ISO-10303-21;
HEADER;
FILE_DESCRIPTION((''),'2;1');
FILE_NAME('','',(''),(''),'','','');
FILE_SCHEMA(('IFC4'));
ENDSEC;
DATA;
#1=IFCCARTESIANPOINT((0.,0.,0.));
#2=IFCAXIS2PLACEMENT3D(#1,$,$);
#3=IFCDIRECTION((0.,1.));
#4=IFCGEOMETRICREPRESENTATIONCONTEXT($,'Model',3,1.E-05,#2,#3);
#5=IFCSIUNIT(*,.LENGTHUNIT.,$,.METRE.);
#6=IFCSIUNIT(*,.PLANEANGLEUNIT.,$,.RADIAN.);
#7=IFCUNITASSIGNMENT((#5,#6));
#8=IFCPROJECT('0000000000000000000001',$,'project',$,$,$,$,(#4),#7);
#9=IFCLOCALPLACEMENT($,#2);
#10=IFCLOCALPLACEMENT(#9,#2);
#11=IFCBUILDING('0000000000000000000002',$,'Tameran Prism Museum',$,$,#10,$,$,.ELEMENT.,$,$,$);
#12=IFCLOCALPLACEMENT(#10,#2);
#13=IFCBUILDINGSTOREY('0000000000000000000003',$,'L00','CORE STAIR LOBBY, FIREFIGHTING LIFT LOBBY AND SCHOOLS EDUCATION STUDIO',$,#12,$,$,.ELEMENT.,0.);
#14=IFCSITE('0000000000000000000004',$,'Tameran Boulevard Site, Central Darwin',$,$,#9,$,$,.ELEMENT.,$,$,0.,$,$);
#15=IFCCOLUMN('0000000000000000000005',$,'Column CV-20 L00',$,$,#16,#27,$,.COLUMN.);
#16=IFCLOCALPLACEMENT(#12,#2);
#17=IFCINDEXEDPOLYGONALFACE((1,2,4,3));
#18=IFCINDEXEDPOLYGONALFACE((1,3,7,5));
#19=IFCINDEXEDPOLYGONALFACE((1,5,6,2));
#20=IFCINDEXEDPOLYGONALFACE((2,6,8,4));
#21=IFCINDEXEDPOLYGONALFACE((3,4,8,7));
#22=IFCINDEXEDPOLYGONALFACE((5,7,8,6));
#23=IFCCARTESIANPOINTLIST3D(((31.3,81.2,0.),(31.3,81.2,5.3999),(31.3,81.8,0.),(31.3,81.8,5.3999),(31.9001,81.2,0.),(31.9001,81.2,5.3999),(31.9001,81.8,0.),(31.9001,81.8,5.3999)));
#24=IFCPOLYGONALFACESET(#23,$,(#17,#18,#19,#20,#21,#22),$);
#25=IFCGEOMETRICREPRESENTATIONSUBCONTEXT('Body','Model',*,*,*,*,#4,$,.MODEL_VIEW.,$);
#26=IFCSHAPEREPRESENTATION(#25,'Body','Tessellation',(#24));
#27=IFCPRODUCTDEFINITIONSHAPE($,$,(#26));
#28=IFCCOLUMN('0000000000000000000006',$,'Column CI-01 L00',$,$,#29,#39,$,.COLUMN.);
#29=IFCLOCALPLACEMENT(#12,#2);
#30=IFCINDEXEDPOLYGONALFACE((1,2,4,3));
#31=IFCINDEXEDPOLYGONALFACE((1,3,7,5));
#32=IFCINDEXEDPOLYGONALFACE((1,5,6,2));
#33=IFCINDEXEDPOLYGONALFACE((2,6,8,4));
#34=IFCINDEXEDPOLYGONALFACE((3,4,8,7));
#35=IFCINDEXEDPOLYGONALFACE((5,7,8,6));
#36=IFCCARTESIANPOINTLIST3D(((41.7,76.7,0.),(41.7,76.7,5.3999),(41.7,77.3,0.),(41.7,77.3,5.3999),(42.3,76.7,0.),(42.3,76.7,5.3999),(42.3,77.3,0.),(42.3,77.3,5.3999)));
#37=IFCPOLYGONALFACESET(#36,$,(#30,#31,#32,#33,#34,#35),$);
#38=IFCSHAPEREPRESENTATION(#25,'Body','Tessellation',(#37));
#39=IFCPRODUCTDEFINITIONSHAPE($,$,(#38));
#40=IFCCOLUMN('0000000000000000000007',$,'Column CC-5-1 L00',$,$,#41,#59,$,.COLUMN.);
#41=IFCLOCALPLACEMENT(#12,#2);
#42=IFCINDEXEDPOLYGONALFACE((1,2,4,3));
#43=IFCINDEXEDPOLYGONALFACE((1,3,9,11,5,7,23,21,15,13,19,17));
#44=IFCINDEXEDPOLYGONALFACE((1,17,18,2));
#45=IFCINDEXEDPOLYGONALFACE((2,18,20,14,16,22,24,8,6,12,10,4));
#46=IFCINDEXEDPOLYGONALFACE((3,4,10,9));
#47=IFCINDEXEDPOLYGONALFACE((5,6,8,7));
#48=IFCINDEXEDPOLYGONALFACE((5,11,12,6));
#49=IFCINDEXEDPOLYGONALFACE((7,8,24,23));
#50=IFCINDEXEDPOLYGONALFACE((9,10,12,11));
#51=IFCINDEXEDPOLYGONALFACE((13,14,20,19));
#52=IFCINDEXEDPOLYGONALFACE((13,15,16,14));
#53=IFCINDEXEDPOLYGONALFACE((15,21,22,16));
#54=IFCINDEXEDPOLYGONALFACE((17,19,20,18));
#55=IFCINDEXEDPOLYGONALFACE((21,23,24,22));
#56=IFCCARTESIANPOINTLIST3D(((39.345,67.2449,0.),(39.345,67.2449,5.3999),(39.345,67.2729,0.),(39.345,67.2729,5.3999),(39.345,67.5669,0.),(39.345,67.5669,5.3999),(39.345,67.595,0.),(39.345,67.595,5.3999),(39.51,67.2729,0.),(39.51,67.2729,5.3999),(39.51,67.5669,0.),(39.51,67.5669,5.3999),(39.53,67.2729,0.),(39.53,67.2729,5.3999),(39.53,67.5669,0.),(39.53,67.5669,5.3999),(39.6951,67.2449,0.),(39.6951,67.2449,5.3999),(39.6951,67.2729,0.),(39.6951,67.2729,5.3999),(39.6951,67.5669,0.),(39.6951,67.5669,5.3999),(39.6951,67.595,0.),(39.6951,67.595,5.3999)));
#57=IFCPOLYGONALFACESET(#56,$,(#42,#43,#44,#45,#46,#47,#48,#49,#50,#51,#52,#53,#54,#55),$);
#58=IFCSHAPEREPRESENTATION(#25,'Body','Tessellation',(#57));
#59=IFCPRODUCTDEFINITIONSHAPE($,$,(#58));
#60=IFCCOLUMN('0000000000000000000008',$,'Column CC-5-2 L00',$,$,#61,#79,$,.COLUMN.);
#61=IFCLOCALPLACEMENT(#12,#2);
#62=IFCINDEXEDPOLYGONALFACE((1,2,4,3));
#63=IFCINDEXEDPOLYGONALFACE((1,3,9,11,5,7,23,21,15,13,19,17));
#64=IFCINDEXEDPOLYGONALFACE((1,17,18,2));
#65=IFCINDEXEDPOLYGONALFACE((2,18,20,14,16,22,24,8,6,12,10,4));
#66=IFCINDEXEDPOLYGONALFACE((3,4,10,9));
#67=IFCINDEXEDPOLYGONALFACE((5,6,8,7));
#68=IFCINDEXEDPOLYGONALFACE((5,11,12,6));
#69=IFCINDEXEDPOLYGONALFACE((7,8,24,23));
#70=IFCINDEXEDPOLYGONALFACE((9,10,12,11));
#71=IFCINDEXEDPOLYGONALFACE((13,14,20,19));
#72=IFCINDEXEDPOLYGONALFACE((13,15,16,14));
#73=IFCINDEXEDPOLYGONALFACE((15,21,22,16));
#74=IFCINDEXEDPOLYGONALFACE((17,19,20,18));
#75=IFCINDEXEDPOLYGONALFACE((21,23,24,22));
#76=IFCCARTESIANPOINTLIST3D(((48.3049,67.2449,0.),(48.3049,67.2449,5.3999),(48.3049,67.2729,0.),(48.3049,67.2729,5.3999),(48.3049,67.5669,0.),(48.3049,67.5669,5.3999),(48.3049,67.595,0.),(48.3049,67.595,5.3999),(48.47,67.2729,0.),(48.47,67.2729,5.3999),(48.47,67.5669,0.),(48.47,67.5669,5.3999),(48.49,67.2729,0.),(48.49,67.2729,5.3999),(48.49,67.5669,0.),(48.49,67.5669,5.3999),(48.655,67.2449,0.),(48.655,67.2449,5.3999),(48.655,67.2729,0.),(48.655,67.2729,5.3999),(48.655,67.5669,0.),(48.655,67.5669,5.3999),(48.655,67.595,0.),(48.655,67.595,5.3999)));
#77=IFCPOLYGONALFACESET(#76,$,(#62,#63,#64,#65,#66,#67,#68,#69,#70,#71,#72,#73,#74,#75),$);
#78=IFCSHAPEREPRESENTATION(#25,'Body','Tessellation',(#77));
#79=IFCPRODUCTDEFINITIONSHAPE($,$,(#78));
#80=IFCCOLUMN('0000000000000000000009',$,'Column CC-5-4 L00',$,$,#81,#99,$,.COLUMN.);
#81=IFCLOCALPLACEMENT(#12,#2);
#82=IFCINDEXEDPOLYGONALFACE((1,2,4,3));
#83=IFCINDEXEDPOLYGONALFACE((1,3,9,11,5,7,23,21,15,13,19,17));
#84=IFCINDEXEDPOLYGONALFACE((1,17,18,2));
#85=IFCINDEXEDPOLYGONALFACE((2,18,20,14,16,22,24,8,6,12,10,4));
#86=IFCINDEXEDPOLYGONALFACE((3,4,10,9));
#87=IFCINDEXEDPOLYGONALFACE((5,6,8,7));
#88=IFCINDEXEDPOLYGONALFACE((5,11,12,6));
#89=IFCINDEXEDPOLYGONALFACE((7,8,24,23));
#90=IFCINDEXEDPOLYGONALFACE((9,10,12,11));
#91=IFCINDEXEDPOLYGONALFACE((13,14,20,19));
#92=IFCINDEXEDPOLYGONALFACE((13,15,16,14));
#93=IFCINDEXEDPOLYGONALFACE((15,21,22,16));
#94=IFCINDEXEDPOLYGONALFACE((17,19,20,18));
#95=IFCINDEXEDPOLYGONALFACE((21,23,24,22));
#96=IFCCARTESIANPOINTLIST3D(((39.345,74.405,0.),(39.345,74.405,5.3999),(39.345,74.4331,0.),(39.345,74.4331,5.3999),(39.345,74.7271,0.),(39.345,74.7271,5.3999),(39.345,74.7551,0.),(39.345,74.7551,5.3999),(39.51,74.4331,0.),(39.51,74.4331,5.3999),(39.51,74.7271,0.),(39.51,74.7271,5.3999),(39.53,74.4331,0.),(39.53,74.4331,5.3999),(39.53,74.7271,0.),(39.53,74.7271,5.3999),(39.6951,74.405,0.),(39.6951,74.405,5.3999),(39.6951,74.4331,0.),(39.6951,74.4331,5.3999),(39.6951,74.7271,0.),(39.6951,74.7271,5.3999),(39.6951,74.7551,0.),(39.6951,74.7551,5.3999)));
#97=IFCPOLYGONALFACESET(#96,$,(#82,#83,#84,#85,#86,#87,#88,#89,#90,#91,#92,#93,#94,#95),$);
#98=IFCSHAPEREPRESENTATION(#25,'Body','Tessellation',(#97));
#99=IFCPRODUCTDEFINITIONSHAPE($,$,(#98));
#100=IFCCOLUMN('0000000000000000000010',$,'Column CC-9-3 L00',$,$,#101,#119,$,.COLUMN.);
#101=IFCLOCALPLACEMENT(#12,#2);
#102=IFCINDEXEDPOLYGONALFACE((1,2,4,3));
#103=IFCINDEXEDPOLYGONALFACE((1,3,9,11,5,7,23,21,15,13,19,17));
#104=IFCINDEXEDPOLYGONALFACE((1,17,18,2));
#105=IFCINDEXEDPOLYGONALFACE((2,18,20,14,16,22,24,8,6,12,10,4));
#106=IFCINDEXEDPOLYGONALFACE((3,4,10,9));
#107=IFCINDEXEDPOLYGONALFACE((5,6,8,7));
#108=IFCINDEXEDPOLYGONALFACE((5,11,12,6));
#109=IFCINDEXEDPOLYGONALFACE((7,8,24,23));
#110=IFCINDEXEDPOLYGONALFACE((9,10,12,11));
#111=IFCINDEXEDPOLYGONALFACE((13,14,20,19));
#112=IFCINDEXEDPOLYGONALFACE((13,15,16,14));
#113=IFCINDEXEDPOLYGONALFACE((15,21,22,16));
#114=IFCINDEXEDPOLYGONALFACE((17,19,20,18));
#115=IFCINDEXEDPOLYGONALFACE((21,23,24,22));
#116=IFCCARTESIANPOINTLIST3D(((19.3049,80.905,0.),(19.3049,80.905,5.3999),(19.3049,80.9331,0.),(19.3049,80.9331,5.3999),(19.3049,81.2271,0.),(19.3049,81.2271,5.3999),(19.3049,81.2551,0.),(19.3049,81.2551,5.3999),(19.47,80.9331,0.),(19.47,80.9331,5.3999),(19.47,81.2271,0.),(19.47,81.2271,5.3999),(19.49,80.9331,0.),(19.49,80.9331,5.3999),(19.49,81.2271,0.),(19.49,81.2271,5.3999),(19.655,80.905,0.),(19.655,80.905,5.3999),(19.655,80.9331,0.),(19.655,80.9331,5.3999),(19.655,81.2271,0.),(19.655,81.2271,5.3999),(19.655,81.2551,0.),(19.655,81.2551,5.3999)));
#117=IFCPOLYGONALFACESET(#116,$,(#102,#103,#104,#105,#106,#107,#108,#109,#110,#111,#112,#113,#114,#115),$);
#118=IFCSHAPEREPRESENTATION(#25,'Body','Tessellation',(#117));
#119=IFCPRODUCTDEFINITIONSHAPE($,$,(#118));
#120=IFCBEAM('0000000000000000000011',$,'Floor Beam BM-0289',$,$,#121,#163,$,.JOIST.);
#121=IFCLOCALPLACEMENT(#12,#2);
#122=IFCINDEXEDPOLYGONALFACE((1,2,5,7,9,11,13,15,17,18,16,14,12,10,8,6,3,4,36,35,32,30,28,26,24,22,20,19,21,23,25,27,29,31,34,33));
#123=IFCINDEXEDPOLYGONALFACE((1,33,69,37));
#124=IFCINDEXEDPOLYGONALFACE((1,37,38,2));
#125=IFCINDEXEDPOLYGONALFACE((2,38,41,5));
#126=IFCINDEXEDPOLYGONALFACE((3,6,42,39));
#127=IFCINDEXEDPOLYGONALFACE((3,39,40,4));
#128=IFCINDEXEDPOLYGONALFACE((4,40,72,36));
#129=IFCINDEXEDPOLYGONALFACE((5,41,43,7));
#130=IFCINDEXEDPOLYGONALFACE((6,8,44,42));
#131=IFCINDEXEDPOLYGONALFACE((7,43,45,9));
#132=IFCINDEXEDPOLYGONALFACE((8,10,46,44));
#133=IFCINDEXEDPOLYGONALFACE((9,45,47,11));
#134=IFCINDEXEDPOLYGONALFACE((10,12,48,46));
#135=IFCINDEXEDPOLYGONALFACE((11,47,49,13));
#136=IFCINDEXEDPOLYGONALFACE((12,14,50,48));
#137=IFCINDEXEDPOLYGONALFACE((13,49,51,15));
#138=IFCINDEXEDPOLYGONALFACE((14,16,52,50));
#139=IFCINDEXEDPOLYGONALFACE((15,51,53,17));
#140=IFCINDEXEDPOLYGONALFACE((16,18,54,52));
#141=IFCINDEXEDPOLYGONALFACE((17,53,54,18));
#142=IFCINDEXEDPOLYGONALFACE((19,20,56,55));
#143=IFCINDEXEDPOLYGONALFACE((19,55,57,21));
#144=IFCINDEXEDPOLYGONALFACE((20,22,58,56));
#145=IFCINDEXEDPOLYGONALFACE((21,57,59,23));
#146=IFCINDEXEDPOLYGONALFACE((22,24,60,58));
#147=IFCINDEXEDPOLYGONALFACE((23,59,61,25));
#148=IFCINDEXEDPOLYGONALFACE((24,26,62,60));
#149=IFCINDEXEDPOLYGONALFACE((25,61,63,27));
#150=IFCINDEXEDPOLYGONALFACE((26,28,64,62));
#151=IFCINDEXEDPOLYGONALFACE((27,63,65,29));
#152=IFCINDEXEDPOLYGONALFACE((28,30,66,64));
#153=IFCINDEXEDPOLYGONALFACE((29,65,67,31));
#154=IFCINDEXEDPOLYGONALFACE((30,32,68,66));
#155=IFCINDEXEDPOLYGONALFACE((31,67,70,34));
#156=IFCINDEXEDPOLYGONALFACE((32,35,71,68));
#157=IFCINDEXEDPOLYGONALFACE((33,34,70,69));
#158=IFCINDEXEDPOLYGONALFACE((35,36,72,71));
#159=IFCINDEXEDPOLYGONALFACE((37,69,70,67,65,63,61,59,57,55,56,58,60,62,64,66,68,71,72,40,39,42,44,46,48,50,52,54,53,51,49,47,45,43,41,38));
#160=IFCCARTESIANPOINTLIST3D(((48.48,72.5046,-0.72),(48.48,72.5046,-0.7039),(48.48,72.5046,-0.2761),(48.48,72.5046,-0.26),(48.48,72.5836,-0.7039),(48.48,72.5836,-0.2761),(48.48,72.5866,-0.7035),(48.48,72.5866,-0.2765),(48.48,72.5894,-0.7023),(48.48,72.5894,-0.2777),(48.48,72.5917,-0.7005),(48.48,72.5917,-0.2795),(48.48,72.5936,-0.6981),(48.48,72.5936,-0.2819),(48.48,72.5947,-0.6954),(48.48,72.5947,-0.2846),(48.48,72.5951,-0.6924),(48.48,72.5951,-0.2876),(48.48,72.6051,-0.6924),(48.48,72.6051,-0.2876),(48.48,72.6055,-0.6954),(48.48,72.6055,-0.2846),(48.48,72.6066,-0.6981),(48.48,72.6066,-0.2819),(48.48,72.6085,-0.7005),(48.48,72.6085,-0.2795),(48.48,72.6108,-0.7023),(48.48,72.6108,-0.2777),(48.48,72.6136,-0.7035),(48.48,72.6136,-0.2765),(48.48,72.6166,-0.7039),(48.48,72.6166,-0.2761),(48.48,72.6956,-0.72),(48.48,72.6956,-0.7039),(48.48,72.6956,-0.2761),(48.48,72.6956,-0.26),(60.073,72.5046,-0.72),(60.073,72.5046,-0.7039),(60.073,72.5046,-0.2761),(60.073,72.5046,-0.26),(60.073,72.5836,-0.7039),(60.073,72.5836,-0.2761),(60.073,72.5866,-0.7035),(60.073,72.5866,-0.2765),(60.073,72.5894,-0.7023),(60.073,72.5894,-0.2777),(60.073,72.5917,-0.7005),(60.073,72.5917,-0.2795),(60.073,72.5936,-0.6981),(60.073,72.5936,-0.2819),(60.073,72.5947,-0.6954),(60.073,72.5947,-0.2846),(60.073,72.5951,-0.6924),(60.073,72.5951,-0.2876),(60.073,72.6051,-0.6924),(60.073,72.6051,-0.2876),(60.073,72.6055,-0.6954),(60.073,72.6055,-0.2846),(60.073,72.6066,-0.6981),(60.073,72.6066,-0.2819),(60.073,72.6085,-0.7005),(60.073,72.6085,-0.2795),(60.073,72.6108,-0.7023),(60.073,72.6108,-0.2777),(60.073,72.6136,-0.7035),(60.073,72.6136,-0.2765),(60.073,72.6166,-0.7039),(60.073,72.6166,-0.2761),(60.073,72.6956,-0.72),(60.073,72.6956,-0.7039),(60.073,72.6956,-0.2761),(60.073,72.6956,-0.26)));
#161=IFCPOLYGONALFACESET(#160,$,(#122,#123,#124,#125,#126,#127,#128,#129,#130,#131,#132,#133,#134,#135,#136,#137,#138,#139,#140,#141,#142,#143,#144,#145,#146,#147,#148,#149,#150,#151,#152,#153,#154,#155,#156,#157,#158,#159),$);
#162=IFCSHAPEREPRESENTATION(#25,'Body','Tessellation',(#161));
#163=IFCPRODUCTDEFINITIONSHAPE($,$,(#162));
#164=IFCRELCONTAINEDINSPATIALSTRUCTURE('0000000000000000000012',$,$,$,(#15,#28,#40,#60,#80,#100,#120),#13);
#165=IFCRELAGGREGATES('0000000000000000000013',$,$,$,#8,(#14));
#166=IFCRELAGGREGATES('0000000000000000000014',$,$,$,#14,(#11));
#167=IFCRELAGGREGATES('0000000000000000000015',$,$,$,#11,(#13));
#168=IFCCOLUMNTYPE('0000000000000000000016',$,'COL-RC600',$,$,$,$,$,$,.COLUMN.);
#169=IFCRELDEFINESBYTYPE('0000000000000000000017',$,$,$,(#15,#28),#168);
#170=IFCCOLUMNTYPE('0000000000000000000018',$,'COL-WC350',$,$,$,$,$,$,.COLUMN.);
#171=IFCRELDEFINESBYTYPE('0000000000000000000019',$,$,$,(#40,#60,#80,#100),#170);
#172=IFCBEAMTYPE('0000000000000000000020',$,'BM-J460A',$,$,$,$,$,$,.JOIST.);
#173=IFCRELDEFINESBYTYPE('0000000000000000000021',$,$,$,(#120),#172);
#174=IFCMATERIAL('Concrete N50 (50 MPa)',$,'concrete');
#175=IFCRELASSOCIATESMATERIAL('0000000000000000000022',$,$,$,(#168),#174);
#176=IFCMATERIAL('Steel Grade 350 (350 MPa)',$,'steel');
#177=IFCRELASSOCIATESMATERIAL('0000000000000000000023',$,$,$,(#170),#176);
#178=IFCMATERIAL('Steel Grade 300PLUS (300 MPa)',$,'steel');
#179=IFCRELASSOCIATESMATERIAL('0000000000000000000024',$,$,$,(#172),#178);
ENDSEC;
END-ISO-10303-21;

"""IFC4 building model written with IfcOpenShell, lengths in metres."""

from ifc_helpers import new_model, si_unit, direction, frame, origin, origin_2d, place, context, subcontext, project, spatial, rectangle, i_section, extrude, material, material_profile, profile_set, type_object, element, save


model = new_model("IFC4")

# Units and contexts
model_context = context("Model", 3, precision=1e-05, world=origin(), true_north=direction((0.0, 1.0)))
body_context = subcontext(model_context, "Body", "Model", "MODEL_VIEW")
ifc_project = project(units=[si_unit("LENGTHUNIT", "METRE"), si_unit("PLANEANGLEUNIT", "RADIAN")], contexts=[model_context])

# Site, building, storey
site_placement = place(None, origin())
site = spatial("IfcSite", under=ifc_project, at=site_placement, Name="Tameran Boulevard Site, Central Darwin", CompositionType="ELEMENT", RefElevation=0.0)
building_placement = place(site_placement, origin())
building = spatial("IfcBuilding", under=site, at=building_placement, Name="Tameran Prism Museum", CompositionType="ELEMENT")
storey_placement = place(building_placement, origin())
storey = spatial("IfcBuildingStorey", under=building, at=storey_placement, Name="L00", Description="CORE STAIR LOBBY, FIREFIGHTING LIFT LOBBY AND SCHOOLS EDUCATION STUDIO", CompositionType="ELEMENT", Elevation=0.0)

# Columns
ifc_material_1 = material(Name="Concrete N50 (50 MPa)", Category="concrete")
ifc_material_profile_1 = material_profile(ifc_material_1, rectangle(XDim=0.6001, YDim=0.6001, at=origin_2d()))
ifc_profile_set_1 = profile_set([ifc_material_profile_1])
column_type_1 = type_object("IfcColumnType", Name="COL-RC600", PredefinedType="COLUMN", material=ifc_profile_set_1)
for number, where, z_axis, x_axis, name in (
    (1, (31.6001, 81.5, 0.0), (0.0, 0.0, 1.0), (1.0, 0.0, 0.0), "Column CV-20 L00"),
    (2, (42.0, 77.0, 0.0), (0.0, 0.0, 1.0), (1.0, 0.0, 0.0), "Column CI-01 L00"),
):
    element("IfcColumn", number, at=place(storey_placement, frame(where, z_axis=z_axis, x_axis=x_axis)), inside=storey, type_object=column_type_1, Name=name, PredefinedType="COLUMN", context=body_context, shape_type="SweptSolid", body=[
        extrude(rectangle(XDim=0.6001, YDim=0.6001, at=origin_2d()), origin(), (0.0, 0.0, 1.0), 5.3999),
    ])
ifc_material_2 = material(Name="Steel Grade 350 (350 MPa)", Category="steel")
ifc_material_profile_2 = material_profile(ifc_material_2, i_section(OverallWidth=0.3501, OverallDepth=0.3501, WebThickness=0.02, FlangeThickness=0.0281, at=origin_2d()))
ifc_profile_set_2 = profile_set([ifc_material_profile_2])
column_type_2 = type_object("IfcColumnType", Name="COL-WC350", PredefinedType="COLUMN", material=ifc_profile_set_2)
for number, where, z_axis, x_axis, name in (
    (3, (39.52, 67.4199, 0.0), (0.0, 0.0, 1.0), (1.0, 0.0, 0.0), "Column CC-5-1 L00"),
    (4, (48.48, 67.4199, 0.0), (0.0, 0.0, 1.0), (1.0, 0.0, 0.0), "Column CC-5-2 L00"),
    (5, (39.52, 74.5801, 0.0), (0.0, 0.0, 1.0), (1.0, 0.0, 0.0), "Column CC-5-4 L00"),
    (6, (19.48, 81.0801, 0.0), (0.0, 0.0, 1.0), (1.0, 0.0, 0.0), "Column CC-9-3 L00"),
):
    element("IfcColumn", number, at=place(storey_placement, frame(where, z_axis=z_axis, x_axis=x_axis)), inside=storey, type_object=column_type_2, Name=name, PredefinedType="COLUMN", context=body_context, shape_type="SweptSolid", body=[
        extrude(i_section(OverallWidth=0.3501, OverallDepth=0.3501, WebThickness=0.02, FlangeThickness=0.0281, at=origin_2d()), origin(), (0.0, 0.0, 1.0), 5.3999),
    ])

# Beam
ifc_material_3 = material(Name="Steel Grade 300PLUS (300 MPa)", Category="steel")
ifc_material_profile_3 = material_profile(ifc_material_3, i_section(OverallWidth=0.1909, OverallDepth=0.46, WebThickness=0.01, FlangeThickness=0.0161, FilletRadius=0.0115, at=origin_2d()))
ifc_profile_set_3 = profile_set([ifc_material_profile_3])
beam_type_1 = type_object("IfcBeamType", Name="BM-J460A", PredefinedType="JOIST", material=ifc_profile_set_3)
beam_1_placement = place(storey_placement, frame((48.48, 72.6001, -0.49), z_axis=(1.0, 0.0, 0.0), x_axis=(0.0, 1.0, 0.0)))
element("IfcBeam", 7, at=beam_1_placement, inside=storey, type_object=beam_type_1, Name="Floor Beam BM-0289", PredefinedType="JOIST", context=body_context, shape_type="SweptSolid", body=[
    extrude(i_section(OverallWidth=0.1909, OverallDepth=0.46, WebThickness=0.01, FlangeThickness=0.0161, FilletRadius=0.0115, at=origin_2d()), origin(), (0.0, 0.0, 1.0), 11.593),
])

save(model, "model.ifc")
